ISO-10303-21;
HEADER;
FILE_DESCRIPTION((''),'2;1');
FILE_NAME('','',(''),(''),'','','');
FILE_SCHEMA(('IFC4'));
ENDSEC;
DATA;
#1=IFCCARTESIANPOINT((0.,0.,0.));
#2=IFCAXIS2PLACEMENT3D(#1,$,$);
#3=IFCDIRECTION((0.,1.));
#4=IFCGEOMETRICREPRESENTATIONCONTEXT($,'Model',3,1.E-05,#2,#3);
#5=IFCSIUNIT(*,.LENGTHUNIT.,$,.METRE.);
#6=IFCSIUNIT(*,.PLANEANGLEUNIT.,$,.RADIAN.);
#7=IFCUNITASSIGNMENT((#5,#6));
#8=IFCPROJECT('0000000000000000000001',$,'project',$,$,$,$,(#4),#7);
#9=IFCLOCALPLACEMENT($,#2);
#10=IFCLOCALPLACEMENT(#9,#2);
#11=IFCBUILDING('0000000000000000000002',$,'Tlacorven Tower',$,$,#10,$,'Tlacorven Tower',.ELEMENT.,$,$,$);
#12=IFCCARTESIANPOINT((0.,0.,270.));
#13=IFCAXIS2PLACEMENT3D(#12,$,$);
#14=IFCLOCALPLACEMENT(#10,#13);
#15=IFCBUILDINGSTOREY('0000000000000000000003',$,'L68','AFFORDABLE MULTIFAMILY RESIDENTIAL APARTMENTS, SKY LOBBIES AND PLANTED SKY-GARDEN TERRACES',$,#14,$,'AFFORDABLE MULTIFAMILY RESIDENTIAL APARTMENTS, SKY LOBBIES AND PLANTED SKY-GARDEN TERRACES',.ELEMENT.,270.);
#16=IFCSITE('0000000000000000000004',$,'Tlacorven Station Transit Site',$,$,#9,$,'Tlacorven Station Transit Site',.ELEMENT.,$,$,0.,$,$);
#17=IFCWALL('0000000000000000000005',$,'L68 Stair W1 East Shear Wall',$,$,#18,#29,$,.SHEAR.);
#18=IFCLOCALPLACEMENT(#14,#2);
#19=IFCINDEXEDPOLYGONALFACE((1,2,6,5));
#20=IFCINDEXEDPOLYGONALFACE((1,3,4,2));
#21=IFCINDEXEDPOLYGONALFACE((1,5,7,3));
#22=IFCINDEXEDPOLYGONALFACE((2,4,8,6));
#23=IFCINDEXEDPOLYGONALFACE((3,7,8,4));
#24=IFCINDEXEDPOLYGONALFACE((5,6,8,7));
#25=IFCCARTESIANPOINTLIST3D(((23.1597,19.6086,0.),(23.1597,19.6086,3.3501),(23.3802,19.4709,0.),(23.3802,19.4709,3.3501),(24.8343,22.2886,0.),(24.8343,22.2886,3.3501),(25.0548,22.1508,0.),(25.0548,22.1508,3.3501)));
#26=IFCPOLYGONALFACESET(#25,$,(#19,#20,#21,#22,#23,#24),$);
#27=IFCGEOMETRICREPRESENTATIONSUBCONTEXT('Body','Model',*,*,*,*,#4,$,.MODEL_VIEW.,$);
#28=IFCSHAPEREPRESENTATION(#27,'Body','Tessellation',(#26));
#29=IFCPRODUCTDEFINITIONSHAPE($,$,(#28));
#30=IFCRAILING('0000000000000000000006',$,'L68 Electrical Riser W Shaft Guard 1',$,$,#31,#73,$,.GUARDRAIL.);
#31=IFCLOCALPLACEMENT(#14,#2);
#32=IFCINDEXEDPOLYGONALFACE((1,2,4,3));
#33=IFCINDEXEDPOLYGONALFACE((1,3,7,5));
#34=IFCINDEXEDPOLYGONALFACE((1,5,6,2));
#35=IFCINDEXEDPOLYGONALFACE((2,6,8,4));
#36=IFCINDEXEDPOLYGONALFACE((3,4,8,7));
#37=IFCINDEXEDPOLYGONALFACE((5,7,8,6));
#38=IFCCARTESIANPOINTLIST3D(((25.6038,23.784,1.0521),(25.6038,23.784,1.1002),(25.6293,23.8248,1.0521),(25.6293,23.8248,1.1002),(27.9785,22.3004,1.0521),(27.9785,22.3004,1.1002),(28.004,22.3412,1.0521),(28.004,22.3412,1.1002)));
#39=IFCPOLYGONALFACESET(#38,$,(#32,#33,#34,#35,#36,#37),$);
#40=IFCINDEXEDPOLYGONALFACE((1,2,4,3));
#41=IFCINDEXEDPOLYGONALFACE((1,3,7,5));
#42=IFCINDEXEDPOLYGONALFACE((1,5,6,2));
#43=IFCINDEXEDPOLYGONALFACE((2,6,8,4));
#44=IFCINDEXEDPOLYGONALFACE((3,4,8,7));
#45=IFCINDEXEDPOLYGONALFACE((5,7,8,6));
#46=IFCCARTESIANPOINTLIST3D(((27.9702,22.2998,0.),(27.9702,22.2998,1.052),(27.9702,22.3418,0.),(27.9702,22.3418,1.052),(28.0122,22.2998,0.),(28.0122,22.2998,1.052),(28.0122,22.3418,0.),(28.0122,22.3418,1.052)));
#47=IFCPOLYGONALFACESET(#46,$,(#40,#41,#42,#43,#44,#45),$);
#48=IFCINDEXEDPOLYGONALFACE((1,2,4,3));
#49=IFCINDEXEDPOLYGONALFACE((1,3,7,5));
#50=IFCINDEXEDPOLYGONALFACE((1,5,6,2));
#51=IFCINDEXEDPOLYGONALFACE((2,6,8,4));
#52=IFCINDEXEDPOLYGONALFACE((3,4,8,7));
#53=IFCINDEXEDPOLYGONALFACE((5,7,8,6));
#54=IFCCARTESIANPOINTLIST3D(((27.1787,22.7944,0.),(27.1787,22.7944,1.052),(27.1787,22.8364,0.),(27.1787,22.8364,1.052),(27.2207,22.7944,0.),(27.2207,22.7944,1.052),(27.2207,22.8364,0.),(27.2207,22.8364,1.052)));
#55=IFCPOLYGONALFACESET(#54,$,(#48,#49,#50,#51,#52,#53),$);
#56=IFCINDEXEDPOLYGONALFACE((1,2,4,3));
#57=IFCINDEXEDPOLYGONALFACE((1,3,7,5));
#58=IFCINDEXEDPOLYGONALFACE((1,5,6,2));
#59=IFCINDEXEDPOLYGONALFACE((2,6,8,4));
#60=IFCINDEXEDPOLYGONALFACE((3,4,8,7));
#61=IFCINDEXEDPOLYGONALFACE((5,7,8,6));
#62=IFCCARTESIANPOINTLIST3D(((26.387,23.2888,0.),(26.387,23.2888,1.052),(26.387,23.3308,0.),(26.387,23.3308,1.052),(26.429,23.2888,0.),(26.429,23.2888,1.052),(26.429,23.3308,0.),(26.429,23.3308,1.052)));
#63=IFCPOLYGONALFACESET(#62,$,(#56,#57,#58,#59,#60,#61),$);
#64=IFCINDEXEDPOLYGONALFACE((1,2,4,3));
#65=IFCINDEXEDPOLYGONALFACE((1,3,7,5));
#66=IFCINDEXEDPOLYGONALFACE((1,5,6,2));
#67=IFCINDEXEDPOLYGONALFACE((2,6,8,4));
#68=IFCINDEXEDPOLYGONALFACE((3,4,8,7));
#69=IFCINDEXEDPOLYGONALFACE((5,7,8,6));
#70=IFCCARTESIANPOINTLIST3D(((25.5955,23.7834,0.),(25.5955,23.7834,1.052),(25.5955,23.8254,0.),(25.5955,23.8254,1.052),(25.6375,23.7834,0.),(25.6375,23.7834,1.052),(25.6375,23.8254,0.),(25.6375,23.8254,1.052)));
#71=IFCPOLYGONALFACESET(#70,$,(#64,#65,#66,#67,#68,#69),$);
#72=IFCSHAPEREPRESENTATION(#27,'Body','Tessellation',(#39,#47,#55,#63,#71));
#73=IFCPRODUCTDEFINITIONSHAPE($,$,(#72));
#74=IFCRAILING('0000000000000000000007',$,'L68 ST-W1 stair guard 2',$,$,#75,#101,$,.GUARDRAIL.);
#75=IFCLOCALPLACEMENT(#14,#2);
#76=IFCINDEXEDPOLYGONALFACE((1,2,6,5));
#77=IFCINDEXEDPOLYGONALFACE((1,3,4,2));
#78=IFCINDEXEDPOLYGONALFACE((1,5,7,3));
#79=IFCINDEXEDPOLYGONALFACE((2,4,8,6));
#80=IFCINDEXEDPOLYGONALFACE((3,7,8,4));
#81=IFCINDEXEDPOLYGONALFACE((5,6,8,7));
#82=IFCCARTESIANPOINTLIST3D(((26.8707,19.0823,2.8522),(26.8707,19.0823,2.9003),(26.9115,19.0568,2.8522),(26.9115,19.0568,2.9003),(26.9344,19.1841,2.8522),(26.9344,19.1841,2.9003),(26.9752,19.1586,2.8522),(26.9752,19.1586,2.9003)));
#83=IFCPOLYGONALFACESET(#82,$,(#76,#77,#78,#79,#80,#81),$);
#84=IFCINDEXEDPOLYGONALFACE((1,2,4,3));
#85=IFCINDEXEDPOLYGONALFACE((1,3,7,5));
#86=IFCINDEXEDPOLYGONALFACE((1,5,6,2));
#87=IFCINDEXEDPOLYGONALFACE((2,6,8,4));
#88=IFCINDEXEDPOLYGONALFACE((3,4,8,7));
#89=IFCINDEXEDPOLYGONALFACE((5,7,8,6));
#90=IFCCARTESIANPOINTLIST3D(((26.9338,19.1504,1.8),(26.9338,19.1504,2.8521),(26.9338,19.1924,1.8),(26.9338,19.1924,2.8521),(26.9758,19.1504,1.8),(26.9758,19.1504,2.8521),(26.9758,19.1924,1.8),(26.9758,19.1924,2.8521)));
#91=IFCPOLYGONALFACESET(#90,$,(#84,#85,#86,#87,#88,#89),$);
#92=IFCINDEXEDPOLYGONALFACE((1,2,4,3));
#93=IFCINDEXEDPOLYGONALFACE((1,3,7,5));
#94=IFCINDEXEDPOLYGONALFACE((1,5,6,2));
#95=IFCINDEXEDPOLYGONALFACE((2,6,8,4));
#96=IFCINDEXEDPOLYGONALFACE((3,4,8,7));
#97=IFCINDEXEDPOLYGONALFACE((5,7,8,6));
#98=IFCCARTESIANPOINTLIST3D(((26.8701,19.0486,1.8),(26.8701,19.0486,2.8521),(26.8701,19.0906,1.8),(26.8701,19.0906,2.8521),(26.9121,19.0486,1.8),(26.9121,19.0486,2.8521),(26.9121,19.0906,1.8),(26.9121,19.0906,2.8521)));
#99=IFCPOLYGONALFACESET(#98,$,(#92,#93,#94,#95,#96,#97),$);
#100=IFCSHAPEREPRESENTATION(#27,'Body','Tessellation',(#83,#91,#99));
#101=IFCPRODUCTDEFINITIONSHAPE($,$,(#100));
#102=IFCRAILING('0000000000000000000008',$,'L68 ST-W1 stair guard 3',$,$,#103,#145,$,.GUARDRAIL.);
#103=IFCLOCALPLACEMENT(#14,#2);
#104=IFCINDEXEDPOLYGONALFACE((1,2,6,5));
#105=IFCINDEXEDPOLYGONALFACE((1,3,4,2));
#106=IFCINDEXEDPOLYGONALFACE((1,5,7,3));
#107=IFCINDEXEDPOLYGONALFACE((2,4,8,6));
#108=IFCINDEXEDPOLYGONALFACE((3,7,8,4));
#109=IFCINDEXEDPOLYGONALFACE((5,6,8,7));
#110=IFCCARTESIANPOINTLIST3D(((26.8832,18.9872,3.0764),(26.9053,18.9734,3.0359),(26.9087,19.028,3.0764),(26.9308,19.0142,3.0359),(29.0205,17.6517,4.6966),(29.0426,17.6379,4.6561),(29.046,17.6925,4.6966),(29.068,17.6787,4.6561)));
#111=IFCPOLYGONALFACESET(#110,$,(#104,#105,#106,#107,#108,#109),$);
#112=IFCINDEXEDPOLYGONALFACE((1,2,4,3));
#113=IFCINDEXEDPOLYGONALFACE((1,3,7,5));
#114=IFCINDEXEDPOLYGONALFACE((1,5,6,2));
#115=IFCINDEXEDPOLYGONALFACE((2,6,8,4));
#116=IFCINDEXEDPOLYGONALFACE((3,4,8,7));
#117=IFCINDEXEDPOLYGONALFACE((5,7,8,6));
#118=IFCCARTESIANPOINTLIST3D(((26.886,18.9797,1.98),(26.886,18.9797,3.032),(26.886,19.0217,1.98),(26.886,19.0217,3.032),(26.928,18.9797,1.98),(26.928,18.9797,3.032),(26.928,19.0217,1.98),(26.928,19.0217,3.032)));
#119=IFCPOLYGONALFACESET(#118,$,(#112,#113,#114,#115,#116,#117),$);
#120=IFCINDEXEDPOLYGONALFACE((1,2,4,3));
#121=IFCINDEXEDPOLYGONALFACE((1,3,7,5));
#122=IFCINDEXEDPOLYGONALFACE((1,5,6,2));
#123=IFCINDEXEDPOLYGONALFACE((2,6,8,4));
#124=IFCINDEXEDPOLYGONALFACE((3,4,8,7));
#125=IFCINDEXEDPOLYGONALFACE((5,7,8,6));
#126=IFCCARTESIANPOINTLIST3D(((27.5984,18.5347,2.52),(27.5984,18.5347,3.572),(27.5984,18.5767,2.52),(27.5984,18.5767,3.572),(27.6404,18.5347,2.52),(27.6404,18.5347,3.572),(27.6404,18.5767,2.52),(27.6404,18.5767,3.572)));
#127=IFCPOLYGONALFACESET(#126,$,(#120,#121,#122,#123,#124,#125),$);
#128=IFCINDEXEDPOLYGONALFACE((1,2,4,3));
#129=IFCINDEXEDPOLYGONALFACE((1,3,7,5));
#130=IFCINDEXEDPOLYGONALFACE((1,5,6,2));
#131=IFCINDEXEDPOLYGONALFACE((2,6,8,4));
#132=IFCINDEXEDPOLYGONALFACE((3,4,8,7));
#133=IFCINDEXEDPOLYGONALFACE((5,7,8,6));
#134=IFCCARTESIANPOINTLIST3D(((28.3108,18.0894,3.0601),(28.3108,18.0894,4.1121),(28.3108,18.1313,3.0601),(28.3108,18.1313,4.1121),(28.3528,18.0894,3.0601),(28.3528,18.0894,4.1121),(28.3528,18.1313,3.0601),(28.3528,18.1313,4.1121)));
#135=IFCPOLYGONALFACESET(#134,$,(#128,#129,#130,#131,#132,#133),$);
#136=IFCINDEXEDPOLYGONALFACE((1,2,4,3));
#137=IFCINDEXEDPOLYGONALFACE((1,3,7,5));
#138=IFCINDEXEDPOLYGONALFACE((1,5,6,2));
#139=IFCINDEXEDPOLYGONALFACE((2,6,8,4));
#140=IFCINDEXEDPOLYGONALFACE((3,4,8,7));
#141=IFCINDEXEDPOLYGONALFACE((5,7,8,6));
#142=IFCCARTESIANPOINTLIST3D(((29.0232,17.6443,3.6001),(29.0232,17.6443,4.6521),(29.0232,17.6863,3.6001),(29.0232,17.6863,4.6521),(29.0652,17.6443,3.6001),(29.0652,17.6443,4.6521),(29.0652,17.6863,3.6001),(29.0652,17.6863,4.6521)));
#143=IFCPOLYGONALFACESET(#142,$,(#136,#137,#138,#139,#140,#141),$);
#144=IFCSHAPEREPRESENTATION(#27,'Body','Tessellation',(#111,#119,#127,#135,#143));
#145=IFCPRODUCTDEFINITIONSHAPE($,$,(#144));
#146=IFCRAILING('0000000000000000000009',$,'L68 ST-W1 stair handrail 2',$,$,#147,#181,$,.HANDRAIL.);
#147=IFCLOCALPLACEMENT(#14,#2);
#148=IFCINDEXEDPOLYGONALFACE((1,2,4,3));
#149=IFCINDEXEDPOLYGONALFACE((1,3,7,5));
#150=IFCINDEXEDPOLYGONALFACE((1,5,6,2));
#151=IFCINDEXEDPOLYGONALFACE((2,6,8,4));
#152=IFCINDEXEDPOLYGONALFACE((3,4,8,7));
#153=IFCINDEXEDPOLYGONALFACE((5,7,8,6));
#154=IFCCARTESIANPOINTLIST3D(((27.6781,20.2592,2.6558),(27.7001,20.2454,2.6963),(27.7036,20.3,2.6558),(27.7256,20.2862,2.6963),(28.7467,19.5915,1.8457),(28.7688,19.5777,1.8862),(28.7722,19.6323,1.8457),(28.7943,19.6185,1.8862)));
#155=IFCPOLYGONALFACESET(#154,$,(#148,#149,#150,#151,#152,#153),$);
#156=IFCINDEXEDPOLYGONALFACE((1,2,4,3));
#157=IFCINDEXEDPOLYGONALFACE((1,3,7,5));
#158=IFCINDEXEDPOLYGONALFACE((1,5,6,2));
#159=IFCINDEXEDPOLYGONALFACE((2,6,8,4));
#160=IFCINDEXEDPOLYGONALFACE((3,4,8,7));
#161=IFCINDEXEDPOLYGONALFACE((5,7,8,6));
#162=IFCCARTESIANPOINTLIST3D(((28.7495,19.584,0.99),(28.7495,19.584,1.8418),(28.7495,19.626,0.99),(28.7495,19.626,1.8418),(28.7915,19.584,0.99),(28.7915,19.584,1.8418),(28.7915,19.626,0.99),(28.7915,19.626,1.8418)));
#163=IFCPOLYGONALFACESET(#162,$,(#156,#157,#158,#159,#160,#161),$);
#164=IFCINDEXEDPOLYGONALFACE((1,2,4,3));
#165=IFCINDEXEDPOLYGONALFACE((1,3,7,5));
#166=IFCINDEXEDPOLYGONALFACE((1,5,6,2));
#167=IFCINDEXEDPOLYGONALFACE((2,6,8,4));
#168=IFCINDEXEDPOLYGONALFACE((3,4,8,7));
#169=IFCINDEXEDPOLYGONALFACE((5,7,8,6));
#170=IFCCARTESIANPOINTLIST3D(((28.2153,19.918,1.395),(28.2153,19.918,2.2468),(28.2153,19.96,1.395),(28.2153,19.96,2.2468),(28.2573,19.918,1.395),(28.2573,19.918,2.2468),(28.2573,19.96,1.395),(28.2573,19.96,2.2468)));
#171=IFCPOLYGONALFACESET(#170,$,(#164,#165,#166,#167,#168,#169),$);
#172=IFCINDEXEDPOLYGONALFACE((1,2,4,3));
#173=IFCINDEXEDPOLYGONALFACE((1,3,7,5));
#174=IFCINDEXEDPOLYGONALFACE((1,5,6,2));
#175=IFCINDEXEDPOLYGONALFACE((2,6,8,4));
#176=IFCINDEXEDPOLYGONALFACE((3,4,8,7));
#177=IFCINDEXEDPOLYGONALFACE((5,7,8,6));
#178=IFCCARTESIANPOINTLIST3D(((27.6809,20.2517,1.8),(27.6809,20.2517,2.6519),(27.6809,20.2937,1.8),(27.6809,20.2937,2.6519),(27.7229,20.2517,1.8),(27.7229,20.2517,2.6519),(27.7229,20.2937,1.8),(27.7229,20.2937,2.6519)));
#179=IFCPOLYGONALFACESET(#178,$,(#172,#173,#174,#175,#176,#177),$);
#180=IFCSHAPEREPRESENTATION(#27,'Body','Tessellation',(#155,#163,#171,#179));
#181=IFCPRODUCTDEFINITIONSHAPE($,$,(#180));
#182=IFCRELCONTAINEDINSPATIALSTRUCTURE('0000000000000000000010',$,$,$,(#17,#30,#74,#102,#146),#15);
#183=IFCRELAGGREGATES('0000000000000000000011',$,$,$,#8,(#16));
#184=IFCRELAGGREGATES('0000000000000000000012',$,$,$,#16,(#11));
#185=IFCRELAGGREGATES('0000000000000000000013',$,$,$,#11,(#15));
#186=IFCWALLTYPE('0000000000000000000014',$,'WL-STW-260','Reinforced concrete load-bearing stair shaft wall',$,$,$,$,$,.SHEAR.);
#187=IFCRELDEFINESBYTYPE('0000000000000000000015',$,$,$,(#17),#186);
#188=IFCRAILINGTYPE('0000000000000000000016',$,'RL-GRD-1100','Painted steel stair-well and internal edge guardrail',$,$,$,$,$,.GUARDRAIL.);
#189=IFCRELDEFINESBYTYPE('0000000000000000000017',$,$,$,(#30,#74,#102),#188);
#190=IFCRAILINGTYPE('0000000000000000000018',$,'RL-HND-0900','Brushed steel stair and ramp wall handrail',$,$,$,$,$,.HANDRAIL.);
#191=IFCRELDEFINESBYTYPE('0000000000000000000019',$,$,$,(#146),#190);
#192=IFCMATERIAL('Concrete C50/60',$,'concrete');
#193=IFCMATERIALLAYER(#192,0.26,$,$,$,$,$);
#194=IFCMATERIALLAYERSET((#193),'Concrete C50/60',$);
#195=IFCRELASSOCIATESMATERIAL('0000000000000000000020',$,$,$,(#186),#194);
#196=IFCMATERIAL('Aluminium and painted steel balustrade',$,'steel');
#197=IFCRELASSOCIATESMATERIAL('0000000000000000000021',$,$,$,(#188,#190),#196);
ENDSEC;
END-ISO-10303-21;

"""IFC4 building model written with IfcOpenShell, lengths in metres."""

from ifc_helpers import new_model, si_unit, direction, frame, frame_2d, origin, origin_2d, place, context, subcontext, project, spatial, rectangle, extrude, source, transform, mapped, material, layer, layer_set, type_object, element, save


model = new_model("IFC4")

# Units and contexts
model_context = context("Model", 3, precision=1e-05, world=origin(), true_north=direction((0.0, 1.0)))
body_context = subcontext(model_context, "Body", "Model", "MODEL_VIEW")
ifc_project = project(units=[si_unit("LENGTHUNIT", "METRE"), si_unit("PLANEANGLEUNIT", "RADIAN")], contexts=[model_context])

# Site, building, storey
site_placement = place(None, origin())
site = spatial("IfcSite", under=ifc_project, at=site_placement, Name="Tlacorven Station Transit Site", LongName="Tlacorven Station Transit Site", CompositionType="ELEMENT", RefElevation=0.0)
building_placement = place(site_placement, origin())
building = spatial("IfcBuilding", under=site, at=building_placement, Name="Tlacorven Tower", LongName="Tlacorven Tower", CompositionType="ELEMENT")
storey_placement = place(building_placement, frame((0.0, 0.0, 270.0)))
storey = spatial("IfcBuildingStorey", under=building, at=storey_placement, Name="L68", Description="AFFORDABLE MULTIFAMILY RESIDENTIAL APARTMENTS, SKY LOBBIES AND PLANTED SKY-GARDEN TERRACES", LongName="AFFORDABLE MULTIFAMILY RESIDENTIAL APARTMENTS, SKY LOBBIES AND PLANTED SKY-GARDEN TERRACES", CompositionType="ELEMENT", Elevation=270.0)

# Shared definitions
ifc_material_1 = material(Name="Concrete C50/60", Category="concrete")

# Wall
ifc_layer_1 = layer(ifc_material_1, 0.26)
ifc_layer_set_1 = layer_set([ifc_layer_1], Name="Concrete C50/60")
wall_type_1 = type_object("IfcWallType", Name="WL-STW-260", Description="Reinforced concrete load-bearing stair shaft wall", PredefinedType="SHEAR", material=ifc_layer_set_1)
wall_1_placement = place(storey_placement, frame((24.9446, 22.2197, 0.0), z_axis=(0.0, 0.0, 1.0), x_axis=(-0.529909, -0.848055, 0.0)))
element("IfcWall", 1, at=wall_1_placement, inside=storey, type_object=wall_type_1, Name="L68 Stair W1 East Shear Wall", PredefinedType="SHEAR", context=body_context, shape_type="SweptSolid", body=[
    extrude(rectangle(XDim=3.1602, YDim=0.26, at=frame_2d((1.5801, 0.0))), origin(), (0.0, 0.0, 1.0), 3.3501),
])

# Railings
ifc_material_2 = material(Name="Aluminium and painted steel balustrade", Category="steel")
railing_type_1 = type_object("IfcRailingType", Name="RL-GRD-1100", Description="Painted steel stair-well and internal edge guardrail", PredefinedType="GUARDRAIL", material=ifc_material_2)
shared_shape_1 = source(origin(), body_context, "Body", "SweptSolid", [
    extrude(rectangle(XDim=0.0481, YDim=0.0481, at=origin_2d()), frame((0.0, 0.0, 1.0762), z_axis=(-0.848091, 0.52985, 0.0), x_axis=(-0.52985, -0.848091, 0.0)), (0.0, 0.0, 1.0), 2.8),
    extrude(rectangle(XDim=0.042, YDim=0.042, at=origin_2d()), origin(), (0.0, 0.0, 1.0), 1.052),
    extrude(rectangle(XDim=0.042, YDim=0.042, at=origin_2d()), frame((-0.7915, 0.4946, 0.0)), (0.0, 0.0, 1.0), 1.052),
    extrude(rectangle(XDim=0.042, YDim=0.042, at=origin_2d()), frame((-1.5833, 0.989, 0.0)), (0.0, 0.0, 1.0), 1.052),
    extrude(rectangle(XDim=0.042, YDim=0.042, at=origin_2d()), frame((-2.3748, 1.4836, 0.0)), (0.0, 0.0, 1.0), 1.052),
])
railing_1_placement = place(storey_placement, frame((27.9912, 22.3208, 0.0)))
element("IfcRailing", 2, at=railing_1_placement, inside=storey, type_object=railing_type_1, Name="L68 Electrical Riser W Shaft Guard 1", PredefinedType="GUARDRAIL", context=body_context, shape_type="MappedRepresentation", body=[
    mapped(shared_shape_1, transform((0.0, 0.0, 0.0), scale=1.0)),
])
shared_shape_2 = source(origin(), body_context, "Body", "SweptSolid", [
    extrude(rectangle(XDim=0.0481, YDim=0.0481, at=origin_2d()), frame((0.0, 0.0, 1.0762), z_axis=(-0.530547, -0.847656, 0.0), x_axis=(0.847656, -0.530547, 0.0)), (0.0, 0.0, 1.0), 0.1201),
    extrude(rectangle(XDim=0.042, YDim=0.042, at=origin_2d()), origin(), (0.0, 0.0, 1.0), 1.052),
    extrude(rectangle(XDim=0.042, YDim=0.042, at=origin_2d()), frame((-0.0637, -0.1018, 0.0)), (0.0, 0.0, 1.0), 1.052),
])
railing_2_placement = place(storey_placement, frame((26.9548, 19.1714, 1.8)))
element("IfcRailing", 3, at=railing_2_placement, inside=storey, type_object=railing_type_1, Name="L68 ST-W1 stair guard 2", PredefinedType="GUARDRAIL", context=body_context, shape_type="MappedRepresentation", body=[
    mapped(shared_shape_2, transform((0.0, 0.0, 0.0), scale=1.0)),
])
shared_shape_3 = source(origin(), body_context, "Body", "SweptSolid", [
    extrude(rectangle(XDim=0.0481, YDim=0.0481, at=origin_2d()), frame((0.0, 0.0, 1.0762), z_axis=(0.71336, -0.445748, 0.540765), x_axis=(0.529912, 0.848053, 0.0)), (0.0, 0.0, 1.0), 2.9961),
    extrude(rectangle(XDim=0.042, YDim=0.042, at=origin_2d()), origin(), (0.0, 0.0, 1.0), 1.052),
    extrude(rectangle(XDim=0.042, YDim=0.042, at=origin_2d()), frame((0.7124, -0.4451, 0.54)), (0.0, 0.0, 1.0), 1.052),
    extrude(rectangle(XDim=0.042, YDim=0.042, at=origin_2d()), frame((1.4248, -0.8904, 1.0801)), (0.0, 0.0, 1.0), 1.052),
    extrude(rectangle(XDim=0.042, YDim=0.042, at=origin_2d()), frame((2.1372, -1.3354, 1.6201)), (0.0, 0.0, 1.0), 1.052),
])
railing_3_placement = place(storey_placement, frame((26.907, 19.0007, 1.98)))
element("IfcRailing", 4, at=railing_3_placement, inside=storey, type_object=railing_type_1, Name="L68 ST-W1 stair guard 3", PredefinedType="GUARDRAIL", context=body_context, shape_type="MappedRepresentation", body=[
    mapped(shared_shape_3, transform((0.0, 0.0, 0.0), scale=1.0)),
])
railing_type_2 = type_object("IfcRailingType", Name="RL-HND-0900", Description="Brushed steel stair and ramp wall handrail", PredefinedType="HANDRAIL", material=ifc_material_2)
shared_shape_4 = source(origin(), body_context, "Body", "SweptSolid", [
    extrude(rectangle(XDim=0.0481, YDim=0.0481, at=origin_2d()), frame((0.0, 0.0, 0.876), z_axis=(-0.71336, 0.445748, 0.540765), x_axis=(-0.529912, -0.848053, 0.0)), (0.0, 0.0, 1.0), 1.498),
    extrude(rectangle(XDim=0.042, YDim=0.042, at=origin_2d()), origin(), (0.0, 0.0, 1.0), 0.8518),
    extrude(rectangle(XDim=0.042, YDim=0.042, at=origin_2d()), frame((-0.5342, 0.334, 0.405)), (0.0, 0.0, 1.0), 0.8518),
    extrude(rectangle(XDim=0.042, YDim=0.042, at=origin_2d()), frame((-1.0686, 0.6677, 0.8101)), (0.0, 0.0, 1.0), 0.8518),
])
railing_4_placement = place(storey_placement, frame((28.7705, 19.605, 0.99)))
element("IfcRailing", 5, at=railing_4_placement, inside=storey, type_object=railing_type_2, Name="L68 ST-W1 stair handrail 2", PredefinedType="HANDRAIL", context=body_context, shape_type="MappedRepresentation", body=[
    mapped(shared_shape_4, transform((0.0, 0.0, 0.0), scale=1.0)),
])

save(model, "model.ifc")
